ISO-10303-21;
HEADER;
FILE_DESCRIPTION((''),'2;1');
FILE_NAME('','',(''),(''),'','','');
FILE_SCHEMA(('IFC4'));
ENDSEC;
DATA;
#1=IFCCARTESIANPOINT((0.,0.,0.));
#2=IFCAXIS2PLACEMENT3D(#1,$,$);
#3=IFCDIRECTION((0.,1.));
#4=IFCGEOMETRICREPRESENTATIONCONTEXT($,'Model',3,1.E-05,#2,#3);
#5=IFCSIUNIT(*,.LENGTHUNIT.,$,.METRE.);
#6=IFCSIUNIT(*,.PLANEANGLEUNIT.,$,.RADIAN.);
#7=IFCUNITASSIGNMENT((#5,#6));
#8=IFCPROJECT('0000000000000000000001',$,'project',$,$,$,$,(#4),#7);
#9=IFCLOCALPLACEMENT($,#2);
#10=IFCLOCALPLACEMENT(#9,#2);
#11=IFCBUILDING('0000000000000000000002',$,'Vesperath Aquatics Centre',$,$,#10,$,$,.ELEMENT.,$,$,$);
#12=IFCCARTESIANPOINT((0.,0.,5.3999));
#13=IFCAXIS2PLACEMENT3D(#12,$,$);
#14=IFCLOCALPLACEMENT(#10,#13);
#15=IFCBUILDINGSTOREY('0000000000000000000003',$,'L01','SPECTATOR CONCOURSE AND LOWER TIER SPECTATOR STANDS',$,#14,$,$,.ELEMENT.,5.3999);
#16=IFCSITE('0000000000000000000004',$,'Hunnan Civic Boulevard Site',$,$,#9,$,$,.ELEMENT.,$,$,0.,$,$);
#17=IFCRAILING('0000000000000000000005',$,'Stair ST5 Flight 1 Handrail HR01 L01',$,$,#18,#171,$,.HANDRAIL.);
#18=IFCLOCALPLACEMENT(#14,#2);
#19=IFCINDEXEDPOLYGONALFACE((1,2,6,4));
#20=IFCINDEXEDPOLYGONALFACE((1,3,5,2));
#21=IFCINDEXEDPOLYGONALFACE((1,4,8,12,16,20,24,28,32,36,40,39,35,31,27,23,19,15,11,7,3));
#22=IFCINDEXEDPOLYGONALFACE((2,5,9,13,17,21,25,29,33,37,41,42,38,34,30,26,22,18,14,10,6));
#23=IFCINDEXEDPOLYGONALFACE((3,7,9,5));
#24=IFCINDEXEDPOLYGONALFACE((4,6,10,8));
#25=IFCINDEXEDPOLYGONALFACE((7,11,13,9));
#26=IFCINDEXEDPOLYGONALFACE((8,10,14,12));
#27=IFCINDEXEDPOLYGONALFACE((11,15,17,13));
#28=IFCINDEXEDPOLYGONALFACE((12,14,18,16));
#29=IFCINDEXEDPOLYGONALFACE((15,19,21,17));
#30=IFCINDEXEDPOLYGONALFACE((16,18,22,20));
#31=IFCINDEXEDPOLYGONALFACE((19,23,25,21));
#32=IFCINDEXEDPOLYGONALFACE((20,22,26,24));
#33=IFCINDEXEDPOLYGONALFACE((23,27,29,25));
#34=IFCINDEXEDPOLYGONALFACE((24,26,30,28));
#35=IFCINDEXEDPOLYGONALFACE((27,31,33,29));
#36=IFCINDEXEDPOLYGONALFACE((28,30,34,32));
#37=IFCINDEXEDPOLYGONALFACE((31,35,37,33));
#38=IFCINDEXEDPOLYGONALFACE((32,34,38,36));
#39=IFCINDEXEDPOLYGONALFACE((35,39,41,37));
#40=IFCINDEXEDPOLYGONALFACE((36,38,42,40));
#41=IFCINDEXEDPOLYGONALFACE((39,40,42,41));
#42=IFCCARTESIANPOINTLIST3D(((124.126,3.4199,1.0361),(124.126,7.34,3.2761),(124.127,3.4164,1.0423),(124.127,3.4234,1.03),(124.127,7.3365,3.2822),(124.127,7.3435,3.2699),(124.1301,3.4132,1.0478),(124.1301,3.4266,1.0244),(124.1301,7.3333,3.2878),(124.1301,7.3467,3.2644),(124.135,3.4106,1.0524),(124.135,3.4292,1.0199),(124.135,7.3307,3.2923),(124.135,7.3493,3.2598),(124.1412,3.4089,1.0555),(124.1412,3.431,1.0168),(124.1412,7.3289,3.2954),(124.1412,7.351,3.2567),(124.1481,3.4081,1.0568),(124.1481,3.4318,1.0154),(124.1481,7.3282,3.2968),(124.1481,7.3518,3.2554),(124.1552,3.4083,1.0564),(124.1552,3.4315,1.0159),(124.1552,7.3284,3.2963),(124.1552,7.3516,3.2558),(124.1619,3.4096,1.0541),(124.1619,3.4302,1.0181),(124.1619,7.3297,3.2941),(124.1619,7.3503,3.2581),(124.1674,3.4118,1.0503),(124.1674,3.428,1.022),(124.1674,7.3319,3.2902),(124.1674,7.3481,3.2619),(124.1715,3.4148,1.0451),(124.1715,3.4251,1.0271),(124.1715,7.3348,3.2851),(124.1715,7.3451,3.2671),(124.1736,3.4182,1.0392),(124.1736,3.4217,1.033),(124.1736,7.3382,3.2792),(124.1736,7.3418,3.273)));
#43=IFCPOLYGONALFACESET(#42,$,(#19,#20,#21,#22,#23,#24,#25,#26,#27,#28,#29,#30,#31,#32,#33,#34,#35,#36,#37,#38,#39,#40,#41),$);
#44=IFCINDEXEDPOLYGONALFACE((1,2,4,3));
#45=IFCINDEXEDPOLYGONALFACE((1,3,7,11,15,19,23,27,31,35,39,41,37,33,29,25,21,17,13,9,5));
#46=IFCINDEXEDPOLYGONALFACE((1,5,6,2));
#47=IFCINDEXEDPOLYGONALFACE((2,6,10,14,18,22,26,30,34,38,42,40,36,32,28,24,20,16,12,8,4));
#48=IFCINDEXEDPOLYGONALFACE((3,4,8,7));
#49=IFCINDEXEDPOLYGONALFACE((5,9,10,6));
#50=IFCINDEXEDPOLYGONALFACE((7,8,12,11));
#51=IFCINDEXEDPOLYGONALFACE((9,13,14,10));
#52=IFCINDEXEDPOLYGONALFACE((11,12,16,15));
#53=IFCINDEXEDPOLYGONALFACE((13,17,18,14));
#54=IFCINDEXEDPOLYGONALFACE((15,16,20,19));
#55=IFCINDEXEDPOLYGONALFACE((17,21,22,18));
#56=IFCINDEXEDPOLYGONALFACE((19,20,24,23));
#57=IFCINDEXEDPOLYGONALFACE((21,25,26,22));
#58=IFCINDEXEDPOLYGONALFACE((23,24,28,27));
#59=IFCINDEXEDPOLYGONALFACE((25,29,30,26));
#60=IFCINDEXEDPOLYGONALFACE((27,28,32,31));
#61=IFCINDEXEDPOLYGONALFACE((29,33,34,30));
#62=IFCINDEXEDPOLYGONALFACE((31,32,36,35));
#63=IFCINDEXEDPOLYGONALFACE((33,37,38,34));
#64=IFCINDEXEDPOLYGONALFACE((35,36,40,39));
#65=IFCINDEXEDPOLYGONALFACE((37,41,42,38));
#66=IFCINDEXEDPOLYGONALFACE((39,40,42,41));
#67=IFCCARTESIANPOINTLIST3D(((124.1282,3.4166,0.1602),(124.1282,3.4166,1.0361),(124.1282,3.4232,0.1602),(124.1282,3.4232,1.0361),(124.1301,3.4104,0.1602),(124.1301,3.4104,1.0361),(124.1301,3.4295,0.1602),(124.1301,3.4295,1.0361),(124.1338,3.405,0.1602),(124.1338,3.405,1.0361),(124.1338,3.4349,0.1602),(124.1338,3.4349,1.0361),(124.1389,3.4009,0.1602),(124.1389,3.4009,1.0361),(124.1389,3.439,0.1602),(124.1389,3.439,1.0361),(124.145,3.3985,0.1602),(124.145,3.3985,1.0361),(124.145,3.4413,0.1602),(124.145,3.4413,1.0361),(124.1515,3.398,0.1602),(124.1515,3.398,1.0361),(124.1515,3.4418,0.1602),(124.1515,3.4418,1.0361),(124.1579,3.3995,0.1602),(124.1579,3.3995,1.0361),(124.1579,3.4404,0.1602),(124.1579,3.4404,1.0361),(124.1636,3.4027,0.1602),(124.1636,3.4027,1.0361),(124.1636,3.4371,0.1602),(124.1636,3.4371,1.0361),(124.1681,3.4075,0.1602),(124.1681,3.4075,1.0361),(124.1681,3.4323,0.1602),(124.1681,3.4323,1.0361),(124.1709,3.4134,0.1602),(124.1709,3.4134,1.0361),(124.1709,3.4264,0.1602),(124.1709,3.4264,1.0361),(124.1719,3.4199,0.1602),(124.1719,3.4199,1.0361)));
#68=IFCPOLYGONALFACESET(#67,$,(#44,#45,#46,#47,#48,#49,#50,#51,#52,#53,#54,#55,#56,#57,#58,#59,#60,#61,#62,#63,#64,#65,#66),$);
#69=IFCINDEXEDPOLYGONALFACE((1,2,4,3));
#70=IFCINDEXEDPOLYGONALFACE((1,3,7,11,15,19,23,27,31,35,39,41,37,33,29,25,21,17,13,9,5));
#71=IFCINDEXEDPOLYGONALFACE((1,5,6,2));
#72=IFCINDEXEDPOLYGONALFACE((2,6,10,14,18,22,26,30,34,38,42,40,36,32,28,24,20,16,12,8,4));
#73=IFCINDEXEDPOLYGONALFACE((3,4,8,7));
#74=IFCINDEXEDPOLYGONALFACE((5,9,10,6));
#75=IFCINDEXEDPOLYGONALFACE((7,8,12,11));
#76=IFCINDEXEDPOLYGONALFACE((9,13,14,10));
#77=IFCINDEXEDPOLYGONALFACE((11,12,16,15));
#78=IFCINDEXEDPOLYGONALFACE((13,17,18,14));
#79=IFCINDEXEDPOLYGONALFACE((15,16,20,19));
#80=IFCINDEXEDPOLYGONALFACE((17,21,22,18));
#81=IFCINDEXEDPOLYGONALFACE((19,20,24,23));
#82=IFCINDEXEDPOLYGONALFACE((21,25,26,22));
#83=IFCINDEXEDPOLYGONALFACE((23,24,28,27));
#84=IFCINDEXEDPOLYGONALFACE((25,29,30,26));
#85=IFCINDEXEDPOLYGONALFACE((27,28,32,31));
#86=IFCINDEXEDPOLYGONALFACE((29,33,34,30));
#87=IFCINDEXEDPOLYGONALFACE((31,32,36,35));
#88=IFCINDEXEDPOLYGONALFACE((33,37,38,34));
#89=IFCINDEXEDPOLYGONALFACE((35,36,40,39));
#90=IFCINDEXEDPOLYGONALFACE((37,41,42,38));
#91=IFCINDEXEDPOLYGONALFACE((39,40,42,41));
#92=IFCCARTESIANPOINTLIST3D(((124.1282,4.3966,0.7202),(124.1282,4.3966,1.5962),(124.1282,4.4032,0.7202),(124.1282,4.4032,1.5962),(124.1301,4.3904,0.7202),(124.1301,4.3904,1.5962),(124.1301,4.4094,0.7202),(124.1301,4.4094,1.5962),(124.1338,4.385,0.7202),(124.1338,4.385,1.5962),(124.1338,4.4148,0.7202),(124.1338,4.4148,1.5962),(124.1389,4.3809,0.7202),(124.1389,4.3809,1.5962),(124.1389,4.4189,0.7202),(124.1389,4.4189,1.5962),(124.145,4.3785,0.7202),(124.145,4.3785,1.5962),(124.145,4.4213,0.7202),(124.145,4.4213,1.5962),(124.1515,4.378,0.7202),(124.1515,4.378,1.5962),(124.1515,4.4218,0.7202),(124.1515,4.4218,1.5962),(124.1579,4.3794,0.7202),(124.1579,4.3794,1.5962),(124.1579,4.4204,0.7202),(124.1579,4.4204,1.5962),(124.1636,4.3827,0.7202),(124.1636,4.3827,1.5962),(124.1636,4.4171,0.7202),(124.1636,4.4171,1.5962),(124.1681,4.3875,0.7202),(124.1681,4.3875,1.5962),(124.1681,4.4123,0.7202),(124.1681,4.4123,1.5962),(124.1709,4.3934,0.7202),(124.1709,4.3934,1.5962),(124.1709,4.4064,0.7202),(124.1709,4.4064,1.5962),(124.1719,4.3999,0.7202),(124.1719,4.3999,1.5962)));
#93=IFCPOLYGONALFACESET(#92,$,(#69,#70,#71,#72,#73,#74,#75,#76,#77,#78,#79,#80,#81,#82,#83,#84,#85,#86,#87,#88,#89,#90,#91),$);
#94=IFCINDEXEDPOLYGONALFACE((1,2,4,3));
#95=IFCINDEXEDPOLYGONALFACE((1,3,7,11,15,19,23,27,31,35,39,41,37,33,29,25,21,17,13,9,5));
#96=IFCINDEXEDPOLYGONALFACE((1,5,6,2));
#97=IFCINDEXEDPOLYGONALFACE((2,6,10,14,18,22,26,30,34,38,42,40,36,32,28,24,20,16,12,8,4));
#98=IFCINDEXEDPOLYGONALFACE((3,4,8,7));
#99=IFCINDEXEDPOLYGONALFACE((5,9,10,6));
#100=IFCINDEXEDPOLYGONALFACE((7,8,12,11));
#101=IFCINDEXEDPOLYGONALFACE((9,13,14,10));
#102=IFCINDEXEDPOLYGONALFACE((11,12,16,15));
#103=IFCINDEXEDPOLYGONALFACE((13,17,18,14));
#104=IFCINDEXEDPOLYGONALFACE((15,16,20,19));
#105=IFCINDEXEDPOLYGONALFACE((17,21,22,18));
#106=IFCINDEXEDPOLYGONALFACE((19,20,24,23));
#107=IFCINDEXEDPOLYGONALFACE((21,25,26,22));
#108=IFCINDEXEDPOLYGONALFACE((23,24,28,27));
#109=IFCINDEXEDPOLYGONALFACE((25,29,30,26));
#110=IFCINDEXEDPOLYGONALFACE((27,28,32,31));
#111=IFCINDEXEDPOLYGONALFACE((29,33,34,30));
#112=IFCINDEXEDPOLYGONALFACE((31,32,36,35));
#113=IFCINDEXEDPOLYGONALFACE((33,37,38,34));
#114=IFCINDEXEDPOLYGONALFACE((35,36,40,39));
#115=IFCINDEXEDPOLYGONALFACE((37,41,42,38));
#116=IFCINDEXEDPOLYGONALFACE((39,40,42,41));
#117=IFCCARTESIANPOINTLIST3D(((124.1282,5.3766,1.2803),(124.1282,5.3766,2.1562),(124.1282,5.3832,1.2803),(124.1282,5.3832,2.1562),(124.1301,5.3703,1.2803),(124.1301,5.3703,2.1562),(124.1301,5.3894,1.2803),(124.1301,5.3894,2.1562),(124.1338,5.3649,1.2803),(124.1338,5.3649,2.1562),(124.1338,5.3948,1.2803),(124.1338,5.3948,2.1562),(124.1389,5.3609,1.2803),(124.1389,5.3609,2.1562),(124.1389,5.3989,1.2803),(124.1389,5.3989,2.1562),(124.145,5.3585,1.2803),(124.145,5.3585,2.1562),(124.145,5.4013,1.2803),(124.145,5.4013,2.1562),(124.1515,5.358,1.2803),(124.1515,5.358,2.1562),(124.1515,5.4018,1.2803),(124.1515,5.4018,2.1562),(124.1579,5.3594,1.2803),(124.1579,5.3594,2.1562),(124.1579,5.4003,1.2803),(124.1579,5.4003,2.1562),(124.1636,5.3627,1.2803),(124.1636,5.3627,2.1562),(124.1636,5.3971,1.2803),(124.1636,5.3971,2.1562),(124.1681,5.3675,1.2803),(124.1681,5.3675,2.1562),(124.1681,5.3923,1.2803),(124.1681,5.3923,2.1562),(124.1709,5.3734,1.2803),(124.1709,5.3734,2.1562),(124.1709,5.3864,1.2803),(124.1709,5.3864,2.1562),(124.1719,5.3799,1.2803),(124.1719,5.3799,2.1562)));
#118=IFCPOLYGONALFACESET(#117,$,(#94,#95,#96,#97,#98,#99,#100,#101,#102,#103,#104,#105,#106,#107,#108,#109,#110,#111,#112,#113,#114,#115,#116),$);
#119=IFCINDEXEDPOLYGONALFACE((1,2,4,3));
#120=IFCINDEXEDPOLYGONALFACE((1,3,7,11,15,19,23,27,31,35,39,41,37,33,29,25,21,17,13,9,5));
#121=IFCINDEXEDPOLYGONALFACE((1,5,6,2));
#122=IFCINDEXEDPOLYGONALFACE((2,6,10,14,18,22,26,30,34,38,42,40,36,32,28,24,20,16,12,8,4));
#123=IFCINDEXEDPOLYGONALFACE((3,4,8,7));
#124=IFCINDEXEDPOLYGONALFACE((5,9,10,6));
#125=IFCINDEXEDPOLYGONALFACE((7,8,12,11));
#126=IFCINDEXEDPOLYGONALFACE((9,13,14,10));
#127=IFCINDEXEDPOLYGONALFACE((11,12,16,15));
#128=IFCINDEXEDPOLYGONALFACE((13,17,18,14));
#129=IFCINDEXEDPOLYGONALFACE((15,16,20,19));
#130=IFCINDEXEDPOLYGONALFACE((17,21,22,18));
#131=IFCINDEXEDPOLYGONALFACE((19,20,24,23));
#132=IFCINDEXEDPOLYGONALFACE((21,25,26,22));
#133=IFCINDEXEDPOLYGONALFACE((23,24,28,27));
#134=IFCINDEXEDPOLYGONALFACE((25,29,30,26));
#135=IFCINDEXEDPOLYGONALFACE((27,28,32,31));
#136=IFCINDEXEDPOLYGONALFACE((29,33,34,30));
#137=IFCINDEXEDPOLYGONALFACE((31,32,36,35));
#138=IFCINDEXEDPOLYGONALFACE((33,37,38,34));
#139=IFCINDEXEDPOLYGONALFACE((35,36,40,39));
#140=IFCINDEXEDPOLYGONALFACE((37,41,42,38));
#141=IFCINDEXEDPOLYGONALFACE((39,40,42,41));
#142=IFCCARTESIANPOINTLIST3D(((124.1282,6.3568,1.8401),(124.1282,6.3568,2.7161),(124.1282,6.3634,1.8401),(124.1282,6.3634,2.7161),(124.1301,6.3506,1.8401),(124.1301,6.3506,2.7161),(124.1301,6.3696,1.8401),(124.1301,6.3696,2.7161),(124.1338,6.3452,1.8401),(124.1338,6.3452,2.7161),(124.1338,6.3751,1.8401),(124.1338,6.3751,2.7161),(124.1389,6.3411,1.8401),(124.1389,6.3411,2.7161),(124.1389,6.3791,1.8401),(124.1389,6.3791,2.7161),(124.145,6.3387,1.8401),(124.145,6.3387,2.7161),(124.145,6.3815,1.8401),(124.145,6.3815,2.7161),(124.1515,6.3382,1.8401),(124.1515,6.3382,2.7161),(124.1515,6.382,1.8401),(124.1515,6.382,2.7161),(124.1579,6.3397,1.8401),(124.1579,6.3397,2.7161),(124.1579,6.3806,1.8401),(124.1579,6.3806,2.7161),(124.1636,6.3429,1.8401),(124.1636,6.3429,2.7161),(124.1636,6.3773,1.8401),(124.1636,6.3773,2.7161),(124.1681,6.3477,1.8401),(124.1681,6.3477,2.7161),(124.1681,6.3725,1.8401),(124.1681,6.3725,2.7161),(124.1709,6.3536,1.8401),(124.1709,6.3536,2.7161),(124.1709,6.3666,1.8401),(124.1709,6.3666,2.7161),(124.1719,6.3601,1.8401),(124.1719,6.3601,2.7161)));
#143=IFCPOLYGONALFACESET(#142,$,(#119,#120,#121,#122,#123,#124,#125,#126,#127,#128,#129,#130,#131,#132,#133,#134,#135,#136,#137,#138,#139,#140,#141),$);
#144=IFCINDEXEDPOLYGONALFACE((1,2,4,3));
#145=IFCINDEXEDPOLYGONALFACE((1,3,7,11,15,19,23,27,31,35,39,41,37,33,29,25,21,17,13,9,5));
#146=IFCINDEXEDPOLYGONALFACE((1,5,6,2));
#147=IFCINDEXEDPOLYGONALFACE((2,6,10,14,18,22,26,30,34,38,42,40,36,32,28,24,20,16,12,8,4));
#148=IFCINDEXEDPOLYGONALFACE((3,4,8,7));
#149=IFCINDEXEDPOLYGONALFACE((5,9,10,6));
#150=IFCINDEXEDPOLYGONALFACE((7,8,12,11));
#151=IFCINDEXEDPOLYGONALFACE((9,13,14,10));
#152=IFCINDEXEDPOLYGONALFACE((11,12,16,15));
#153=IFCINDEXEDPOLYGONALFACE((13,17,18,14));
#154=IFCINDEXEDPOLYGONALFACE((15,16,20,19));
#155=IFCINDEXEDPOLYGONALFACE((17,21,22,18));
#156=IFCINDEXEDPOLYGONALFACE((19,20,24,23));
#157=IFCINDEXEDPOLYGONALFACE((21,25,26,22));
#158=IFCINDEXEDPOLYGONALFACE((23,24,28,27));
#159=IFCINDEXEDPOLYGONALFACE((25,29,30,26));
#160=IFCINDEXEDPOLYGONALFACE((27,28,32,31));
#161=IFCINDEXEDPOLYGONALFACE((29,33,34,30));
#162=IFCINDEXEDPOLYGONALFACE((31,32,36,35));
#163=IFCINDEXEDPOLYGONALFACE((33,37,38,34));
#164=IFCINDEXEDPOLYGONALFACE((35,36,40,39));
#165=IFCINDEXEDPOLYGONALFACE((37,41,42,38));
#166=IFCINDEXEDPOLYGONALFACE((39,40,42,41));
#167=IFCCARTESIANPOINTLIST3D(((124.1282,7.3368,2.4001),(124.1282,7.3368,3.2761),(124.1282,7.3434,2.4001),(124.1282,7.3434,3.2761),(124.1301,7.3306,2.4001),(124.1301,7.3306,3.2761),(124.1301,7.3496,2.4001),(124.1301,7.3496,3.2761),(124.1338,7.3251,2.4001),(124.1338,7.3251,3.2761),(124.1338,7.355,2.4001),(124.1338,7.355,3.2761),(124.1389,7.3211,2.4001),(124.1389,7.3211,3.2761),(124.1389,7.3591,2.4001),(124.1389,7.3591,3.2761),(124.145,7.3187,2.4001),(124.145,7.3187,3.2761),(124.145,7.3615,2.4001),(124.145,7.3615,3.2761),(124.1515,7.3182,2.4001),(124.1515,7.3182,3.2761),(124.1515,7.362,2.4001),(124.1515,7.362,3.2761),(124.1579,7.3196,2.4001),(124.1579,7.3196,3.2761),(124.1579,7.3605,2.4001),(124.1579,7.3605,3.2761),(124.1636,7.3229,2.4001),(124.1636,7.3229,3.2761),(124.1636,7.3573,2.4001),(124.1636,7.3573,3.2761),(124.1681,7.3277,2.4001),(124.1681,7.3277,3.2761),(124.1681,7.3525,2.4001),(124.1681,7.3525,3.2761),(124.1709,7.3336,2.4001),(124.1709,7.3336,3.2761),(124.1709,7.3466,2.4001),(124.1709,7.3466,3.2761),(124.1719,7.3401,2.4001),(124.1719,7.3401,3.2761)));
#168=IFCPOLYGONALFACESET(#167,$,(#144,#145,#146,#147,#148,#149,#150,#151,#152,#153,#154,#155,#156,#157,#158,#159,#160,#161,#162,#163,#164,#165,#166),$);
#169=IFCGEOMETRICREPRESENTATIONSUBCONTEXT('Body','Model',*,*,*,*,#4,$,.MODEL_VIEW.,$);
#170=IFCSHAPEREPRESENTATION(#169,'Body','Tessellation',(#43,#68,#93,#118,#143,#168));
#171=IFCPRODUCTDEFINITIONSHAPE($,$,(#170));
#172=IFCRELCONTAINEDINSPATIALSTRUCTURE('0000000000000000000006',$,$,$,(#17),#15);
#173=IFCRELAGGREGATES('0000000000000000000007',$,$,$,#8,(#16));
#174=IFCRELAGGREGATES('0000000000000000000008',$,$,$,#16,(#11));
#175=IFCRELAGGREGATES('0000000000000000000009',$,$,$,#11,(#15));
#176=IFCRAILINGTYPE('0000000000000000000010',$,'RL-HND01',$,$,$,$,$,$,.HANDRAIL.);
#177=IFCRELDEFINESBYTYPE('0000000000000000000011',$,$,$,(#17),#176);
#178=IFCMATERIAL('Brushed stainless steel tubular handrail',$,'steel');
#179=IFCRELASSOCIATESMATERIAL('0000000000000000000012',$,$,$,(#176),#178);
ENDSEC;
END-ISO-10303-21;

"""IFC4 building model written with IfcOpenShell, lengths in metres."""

from ifc_helpers import new_model, si_unit, direction, frame, origin, origin_2d, place, context, subcontext, project, spatial, circle, extrude, material, type_object, element, save


model = new_model("IFC4")

# Units and contexts
model_context = context("Model", 3, precision=1e-05, world=origin(), true_north=direction((0.0, 1.0)))
body_context = subcontext(model_context, "Body", "Model", "MODEL_VIEW")
ifc_project = project(units=[si_unit("LENGTHUNIT", "METRE"), si_unit("PLANEANGLEUNIT", "RADIAN")], contexts=[model_context])

# Site, building, storey
site_placement = place(None, origin())
site = spatial("IfcSite", under=ifc_project, at=site_placement, Name="Hunnan Civic Boulevard Site", CompositionType="ELEMENT", RefElevation=0.0)
building_placement = place(site_placement, origin())
building = spatial("IfcBuilding", under=site, at=building_placement, Name="Vesperath Aquatics Centre", CompositionType="ELEMENT")
storey_placement = place(building_placement, frame((0.0, 0.0, 5.3999)))
storey = spatial("IfcBuildingStorey", under=building, at=storey_placement, Name="L01", Description="SPECTATOR CONCOURSE AND LOWER TIER SPECTATOR STANDS", CompositionType="ELEMENT", Elevation=5.3999)

# Railing
ifc_material_1 = material(Name="Brushed stainless steel tubular handrail", Category="steel")
railing_type_1 = type_object("IfcRailingType", Name="RL-HND01", PredefinedType="HANDRAIL", material=ifc_material_1)
railing_1_placement = place(storey_placement, frame((124.1499, 3.4199, 0.1602)))
element("IfcRailing", 1, at=railing_1_placement, inside=storey, type_object=railing_type_1, Name="Stair ST5 Flight 1 Handrail HR01 L01", PredefinedType="HANDRAIL", context=body_context, shape_type="SweptSolid", body=[
    extrude(circle(Radius=0.0239, at=origin_2d()), frame((0.0, 0.0, 0.876), z_axis=(0.0, 0.868253, 0.496121), x_axis=(-1.0, 0.0, 0.0)), (0.0, 0.0, 1.0), 4.5149),
    extrude(circle(Radius=0.022, at=origin_2d()), origin(), (0.0, 0.0, 1.0), 0.876),
    extrude(circle(Radius=0.022, at=origin_2d()), frame((0.0, 0.98, 0.5601)), (0.0, 0.0, 1.0), 0.876),
    extrude(circle(Radius=0.022, at=origin_2d()), frame((0.0, 1.96, 1.1201)), (0.0, 0.0, 1.0), 0.876),
    extrude(circle(Radius=0.022, at=origin_2d()), frame((0.0, 2.9402, 1.6799)), (0.0, 0.0, 1.0), 0.876),
    extrude(circle(Radius=0.022, at=origin_2d()), frame((0.0, 3.9202, 2.24)), (0.0, 0.0, 1.0), 0.876),
])

save(model, "model.ifc")
